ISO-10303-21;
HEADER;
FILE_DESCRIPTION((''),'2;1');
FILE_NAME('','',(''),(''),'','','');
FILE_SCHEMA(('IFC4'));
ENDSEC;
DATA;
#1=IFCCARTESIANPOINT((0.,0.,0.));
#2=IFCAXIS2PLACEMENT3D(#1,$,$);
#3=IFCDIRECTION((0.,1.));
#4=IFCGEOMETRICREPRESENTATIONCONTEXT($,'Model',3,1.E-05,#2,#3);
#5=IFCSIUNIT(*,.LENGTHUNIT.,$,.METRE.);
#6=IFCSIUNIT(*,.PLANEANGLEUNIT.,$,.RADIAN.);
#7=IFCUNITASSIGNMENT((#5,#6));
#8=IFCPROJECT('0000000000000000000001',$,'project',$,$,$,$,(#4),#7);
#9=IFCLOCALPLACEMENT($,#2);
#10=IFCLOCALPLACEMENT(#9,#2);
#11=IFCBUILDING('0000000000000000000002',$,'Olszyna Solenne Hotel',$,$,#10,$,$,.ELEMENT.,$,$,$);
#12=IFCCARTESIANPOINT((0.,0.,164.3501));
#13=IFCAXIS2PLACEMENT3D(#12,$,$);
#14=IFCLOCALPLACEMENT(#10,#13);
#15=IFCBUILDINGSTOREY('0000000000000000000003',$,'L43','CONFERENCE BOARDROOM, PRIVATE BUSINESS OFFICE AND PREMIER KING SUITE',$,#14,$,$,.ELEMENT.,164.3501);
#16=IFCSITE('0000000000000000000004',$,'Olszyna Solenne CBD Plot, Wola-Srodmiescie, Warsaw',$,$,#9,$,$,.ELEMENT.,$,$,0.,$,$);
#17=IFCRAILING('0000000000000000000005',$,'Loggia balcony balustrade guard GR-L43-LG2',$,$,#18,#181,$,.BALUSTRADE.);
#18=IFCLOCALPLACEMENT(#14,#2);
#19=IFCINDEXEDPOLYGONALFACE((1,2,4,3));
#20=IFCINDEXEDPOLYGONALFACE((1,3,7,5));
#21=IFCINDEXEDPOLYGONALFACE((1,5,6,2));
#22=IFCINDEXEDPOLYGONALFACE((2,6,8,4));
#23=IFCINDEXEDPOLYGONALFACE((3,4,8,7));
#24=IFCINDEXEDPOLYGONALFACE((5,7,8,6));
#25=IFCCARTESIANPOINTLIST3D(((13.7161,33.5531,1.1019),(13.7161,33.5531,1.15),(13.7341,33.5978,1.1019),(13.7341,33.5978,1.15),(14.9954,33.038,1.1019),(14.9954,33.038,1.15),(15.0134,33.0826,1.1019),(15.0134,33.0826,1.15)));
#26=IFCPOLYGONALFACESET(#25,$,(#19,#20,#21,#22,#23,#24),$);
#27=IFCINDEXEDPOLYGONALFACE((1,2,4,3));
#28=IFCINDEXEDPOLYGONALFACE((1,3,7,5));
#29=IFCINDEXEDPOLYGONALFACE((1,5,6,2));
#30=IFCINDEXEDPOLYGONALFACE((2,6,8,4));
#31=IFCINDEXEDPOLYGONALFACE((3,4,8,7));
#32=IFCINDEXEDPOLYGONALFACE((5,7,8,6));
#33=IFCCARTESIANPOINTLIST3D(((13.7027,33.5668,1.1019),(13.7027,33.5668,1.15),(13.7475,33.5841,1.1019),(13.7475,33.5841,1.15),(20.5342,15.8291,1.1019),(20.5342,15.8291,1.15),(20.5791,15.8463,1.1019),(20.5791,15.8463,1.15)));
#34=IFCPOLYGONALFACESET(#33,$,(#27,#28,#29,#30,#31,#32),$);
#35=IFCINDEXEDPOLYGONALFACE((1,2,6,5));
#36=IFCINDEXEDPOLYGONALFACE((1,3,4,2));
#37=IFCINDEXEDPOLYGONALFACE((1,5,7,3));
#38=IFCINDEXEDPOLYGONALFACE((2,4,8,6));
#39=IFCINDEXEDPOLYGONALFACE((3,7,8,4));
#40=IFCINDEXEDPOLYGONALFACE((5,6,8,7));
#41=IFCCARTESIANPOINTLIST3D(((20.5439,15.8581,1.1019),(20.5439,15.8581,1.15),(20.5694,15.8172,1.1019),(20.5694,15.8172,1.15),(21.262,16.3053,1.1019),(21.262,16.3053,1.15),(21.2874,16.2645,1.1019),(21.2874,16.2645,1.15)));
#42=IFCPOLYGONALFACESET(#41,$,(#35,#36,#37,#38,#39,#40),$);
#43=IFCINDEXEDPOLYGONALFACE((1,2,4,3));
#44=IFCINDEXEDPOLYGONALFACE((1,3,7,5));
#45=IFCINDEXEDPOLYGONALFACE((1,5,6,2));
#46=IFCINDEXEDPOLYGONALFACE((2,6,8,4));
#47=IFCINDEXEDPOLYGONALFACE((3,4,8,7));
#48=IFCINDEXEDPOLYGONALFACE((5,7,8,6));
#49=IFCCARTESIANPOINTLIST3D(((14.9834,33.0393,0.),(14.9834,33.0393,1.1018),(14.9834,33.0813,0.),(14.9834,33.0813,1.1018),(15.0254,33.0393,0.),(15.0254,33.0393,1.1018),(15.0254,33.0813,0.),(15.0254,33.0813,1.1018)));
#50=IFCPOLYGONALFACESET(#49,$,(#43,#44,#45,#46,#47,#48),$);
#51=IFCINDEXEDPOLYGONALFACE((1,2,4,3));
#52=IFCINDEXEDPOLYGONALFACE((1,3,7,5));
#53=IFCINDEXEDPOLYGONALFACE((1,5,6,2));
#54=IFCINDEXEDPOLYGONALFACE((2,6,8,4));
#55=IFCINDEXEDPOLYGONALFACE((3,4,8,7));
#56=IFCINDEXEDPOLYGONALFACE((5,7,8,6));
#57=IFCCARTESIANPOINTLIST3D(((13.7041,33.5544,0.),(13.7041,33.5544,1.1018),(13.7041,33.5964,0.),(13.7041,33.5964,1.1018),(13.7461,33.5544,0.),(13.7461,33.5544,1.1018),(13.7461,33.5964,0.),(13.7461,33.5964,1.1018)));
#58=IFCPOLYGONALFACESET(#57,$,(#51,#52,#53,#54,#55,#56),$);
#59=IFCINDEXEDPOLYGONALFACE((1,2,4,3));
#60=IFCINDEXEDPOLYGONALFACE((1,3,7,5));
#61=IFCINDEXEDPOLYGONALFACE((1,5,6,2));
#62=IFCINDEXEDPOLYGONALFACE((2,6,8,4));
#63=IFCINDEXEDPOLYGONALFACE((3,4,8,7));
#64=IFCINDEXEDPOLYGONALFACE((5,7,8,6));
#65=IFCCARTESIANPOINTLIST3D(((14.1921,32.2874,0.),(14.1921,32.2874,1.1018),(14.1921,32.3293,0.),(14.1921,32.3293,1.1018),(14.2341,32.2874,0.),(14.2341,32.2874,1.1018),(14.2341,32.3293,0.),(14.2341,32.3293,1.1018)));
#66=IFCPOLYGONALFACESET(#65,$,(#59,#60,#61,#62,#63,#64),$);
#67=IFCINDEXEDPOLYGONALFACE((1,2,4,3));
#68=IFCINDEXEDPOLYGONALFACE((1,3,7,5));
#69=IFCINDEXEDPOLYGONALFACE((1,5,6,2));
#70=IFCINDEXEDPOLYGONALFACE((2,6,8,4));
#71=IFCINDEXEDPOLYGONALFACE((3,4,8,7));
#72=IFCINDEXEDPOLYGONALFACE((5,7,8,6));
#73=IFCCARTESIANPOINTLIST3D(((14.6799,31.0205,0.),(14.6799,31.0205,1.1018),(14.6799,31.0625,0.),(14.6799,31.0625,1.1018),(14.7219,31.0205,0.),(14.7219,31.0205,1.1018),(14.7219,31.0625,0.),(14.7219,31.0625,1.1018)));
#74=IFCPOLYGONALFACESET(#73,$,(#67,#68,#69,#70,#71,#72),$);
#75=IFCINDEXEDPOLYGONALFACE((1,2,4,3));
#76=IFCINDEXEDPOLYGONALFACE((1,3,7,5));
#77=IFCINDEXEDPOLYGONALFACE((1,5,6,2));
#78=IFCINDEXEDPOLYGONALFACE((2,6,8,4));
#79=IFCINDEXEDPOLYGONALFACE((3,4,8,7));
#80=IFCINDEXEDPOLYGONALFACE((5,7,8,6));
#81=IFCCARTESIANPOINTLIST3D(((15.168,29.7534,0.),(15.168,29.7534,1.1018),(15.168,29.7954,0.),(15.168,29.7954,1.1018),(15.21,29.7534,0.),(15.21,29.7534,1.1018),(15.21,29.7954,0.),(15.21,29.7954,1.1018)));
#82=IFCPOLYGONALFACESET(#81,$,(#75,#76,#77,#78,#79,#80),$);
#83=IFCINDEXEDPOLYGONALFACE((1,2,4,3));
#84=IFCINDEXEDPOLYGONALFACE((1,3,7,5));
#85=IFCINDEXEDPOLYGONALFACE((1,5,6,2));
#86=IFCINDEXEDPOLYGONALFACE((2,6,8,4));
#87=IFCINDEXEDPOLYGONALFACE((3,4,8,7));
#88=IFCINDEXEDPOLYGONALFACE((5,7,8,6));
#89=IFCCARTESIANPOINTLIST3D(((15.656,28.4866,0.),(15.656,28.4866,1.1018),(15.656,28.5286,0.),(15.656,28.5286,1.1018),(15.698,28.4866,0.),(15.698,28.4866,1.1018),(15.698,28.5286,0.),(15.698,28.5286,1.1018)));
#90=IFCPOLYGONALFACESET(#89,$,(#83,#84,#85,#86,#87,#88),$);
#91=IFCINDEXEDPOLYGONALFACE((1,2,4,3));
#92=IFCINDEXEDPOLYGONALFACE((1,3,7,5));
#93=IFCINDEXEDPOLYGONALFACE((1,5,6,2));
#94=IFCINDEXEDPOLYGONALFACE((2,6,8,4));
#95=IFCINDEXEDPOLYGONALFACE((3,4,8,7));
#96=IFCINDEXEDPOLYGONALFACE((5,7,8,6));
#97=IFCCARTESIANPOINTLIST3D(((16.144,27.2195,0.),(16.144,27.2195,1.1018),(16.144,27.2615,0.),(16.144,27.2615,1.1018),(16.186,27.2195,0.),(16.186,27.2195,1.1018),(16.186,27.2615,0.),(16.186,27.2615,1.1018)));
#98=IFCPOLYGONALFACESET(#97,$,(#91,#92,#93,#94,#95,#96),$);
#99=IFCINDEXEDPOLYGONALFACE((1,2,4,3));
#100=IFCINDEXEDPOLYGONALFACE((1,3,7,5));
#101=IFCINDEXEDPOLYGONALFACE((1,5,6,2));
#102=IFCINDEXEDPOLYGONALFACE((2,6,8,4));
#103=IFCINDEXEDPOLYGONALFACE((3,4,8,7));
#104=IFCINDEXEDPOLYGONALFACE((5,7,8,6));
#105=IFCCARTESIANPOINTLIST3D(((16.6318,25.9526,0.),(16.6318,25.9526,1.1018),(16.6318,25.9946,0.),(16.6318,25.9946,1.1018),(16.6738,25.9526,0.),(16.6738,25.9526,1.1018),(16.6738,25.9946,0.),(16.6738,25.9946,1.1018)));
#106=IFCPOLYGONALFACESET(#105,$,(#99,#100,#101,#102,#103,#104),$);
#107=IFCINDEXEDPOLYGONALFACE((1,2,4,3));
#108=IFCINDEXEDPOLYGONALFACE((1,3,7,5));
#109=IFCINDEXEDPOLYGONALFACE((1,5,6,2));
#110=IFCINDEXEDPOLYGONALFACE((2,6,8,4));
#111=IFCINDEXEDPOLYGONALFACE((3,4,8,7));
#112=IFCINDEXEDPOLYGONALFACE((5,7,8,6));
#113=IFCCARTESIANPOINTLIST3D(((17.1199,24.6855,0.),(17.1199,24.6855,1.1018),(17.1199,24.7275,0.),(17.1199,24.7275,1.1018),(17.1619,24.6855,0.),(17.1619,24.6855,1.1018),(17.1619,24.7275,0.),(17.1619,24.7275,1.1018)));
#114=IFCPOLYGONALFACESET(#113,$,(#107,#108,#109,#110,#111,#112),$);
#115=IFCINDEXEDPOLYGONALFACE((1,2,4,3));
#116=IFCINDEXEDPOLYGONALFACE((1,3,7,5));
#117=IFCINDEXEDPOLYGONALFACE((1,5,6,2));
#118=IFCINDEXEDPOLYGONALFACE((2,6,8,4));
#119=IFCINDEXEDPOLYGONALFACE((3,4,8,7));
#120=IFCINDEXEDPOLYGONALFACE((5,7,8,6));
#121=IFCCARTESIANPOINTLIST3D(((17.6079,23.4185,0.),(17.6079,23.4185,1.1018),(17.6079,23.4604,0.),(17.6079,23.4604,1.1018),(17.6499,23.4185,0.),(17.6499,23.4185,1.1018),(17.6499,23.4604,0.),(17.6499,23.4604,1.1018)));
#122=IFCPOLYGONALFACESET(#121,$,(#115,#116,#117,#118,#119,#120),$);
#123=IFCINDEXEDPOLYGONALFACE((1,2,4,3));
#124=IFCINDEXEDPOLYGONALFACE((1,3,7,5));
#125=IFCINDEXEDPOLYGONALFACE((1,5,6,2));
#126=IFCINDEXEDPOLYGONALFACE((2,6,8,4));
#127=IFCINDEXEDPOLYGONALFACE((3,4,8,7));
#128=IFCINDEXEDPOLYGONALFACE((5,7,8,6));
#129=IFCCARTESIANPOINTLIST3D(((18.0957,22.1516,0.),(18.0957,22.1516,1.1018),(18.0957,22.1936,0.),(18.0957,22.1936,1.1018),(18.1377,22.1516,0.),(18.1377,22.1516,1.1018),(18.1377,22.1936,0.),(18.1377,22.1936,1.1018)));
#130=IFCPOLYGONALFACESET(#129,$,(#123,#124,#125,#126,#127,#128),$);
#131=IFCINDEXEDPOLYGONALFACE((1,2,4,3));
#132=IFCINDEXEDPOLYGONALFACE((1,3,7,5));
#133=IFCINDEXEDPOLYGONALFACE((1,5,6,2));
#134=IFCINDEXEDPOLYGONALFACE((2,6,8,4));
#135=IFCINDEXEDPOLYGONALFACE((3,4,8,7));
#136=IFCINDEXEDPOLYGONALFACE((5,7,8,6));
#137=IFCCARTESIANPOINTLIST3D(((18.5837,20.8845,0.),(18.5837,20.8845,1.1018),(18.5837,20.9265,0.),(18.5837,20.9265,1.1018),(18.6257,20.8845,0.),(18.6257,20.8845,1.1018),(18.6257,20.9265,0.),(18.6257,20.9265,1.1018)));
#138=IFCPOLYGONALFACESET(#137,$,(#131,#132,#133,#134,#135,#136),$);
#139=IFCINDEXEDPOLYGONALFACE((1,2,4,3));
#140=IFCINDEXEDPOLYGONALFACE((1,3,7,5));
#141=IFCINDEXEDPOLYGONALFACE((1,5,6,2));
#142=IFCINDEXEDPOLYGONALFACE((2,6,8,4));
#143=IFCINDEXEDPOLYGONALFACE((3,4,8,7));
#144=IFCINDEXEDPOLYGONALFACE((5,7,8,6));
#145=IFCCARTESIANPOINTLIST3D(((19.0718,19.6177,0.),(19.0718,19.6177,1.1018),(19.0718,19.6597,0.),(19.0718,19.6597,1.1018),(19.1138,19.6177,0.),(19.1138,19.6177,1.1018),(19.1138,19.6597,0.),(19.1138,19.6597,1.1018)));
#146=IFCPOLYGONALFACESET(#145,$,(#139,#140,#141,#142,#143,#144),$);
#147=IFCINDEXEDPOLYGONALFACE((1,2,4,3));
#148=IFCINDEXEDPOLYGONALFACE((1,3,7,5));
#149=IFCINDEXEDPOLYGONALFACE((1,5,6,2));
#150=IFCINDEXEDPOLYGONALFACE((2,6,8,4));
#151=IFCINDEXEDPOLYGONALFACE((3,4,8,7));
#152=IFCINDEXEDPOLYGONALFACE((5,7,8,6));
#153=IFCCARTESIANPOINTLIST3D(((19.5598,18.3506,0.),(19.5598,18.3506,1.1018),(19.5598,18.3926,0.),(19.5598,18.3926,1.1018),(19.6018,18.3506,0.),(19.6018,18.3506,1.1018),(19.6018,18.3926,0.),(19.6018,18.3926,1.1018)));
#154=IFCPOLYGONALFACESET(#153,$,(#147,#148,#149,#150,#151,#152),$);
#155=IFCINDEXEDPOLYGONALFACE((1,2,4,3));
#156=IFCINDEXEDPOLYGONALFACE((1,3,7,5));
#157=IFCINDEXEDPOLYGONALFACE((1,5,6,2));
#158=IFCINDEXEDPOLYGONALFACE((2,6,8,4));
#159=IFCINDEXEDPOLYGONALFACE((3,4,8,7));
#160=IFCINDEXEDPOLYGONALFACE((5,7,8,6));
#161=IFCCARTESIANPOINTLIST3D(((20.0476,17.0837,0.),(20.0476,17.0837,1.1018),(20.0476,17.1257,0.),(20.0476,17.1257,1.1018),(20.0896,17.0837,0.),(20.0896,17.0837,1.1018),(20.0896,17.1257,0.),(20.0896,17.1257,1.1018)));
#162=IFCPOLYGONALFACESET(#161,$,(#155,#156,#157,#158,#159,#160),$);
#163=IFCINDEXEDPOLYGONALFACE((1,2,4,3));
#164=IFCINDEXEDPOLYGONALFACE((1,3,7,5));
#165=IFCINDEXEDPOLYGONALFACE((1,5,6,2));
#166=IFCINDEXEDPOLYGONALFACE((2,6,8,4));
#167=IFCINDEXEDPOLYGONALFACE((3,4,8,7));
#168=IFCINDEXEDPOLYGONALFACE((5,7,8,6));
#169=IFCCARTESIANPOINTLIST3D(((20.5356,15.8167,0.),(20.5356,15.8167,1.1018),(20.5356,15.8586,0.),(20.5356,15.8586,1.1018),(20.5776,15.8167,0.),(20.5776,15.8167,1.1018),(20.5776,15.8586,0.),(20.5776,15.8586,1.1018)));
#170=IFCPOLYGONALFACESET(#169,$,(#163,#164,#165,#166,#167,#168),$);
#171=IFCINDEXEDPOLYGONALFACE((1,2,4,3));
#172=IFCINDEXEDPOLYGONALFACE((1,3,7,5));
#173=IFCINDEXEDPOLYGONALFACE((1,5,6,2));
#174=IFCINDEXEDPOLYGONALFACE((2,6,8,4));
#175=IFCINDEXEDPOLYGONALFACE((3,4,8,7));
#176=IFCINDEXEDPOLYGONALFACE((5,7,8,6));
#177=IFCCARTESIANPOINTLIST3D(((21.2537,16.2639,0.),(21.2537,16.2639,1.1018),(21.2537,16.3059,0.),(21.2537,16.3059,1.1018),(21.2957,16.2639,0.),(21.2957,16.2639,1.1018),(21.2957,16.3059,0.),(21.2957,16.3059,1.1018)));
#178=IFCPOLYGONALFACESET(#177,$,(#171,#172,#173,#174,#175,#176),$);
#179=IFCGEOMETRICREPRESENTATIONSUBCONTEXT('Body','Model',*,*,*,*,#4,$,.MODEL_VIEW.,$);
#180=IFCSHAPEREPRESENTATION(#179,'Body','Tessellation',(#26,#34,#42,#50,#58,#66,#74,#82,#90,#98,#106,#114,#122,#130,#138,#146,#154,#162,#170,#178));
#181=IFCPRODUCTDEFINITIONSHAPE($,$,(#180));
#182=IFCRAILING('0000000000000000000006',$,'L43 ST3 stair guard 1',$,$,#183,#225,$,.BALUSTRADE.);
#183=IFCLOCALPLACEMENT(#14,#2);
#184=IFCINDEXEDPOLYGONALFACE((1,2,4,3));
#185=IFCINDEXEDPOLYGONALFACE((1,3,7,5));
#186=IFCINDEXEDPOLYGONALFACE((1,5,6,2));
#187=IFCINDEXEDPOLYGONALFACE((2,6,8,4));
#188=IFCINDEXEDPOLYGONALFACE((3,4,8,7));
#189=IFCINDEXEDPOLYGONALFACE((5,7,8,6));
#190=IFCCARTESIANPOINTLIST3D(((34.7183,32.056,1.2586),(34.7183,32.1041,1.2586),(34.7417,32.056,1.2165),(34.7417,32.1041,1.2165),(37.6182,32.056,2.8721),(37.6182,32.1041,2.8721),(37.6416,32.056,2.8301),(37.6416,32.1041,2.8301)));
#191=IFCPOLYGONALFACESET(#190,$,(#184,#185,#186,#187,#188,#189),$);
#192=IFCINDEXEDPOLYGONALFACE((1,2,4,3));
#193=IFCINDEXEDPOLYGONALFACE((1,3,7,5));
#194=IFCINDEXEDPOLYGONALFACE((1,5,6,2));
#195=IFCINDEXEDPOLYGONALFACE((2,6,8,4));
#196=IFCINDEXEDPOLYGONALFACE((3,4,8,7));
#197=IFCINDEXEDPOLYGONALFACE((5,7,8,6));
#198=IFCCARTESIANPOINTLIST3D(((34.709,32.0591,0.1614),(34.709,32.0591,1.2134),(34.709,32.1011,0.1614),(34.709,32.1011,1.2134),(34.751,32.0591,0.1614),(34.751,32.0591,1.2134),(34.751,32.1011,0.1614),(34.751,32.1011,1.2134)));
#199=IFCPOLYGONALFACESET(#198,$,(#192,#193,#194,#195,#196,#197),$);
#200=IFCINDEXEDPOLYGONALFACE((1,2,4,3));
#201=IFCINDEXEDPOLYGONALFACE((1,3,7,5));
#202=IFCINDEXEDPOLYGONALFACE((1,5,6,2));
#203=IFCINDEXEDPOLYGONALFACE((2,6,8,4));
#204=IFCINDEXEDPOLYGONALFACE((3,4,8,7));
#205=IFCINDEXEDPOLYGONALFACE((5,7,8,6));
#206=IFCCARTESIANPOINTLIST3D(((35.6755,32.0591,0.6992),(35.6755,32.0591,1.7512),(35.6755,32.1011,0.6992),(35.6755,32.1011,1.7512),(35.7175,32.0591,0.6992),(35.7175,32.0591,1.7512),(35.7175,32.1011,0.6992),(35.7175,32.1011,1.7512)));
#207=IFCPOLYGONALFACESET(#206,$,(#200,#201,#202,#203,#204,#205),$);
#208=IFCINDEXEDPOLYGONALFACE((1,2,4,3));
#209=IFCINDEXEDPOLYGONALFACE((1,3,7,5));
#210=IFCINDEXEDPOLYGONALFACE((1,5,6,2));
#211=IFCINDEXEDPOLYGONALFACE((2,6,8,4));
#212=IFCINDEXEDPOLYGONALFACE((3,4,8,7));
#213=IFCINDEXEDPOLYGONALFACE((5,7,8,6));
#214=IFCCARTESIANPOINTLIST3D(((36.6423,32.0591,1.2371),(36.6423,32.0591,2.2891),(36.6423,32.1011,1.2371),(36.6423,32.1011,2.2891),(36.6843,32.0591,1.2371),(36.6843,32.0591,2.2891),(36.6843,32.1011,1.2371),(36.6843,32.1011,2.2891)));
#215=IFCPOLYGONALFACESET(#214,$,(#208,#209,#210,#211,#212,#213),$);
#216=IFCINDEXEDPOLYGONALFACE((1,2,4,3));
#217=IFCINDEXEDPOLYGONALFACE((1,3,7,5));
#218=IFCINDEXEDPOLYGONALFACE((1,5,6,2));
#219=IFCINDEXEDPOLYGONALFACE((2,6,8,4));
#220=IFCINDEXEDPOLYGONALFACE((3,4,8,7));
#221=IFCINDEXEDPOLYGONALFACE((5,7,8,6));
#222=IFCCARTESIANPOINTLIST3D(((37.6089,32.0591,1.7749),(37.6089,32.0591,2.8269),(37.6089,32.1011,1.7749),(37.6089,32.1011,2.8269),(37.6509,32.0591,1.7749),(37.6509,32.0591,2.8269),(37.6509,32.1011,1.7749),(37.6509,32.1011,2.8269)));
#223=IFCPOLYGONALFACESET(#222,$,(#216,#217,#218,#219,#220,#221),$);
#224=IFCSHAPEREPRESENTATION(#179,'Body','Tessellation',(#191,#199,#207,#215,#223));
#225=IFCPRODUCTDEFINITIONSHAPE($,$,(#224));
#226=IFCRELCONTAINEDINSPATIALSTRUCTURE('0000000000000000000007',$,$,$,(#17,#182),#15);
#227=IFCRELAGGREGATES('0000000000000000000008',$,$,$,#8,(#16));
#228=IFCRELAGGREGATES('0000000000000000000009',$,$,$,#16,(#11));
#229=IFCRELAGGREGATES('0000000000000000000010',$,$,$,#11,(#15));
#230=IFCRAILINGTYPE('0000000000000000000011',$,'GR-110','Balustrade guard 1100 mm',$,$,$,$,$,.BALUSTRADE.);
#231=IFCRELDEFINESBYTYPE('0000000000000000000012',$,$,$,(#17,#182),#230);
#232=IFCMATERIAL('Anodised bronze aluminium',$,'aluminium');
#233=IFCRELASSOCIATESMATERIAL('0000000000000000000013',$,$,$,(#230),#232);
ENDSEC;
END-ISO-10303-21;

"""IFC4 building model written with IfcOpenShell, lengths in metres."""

from ifc_helpers import new_model, si_unit, direction, frame, origin, origin_2d, place, context, subcontext, project, spatial, rectangle, extrude, material, type_object, element, save


model = new_model("IFC4")

# Units and contexts
model_context = context("Model", 3, precision=1e-05, world=origin(), true_north=direction((0.0, 1.0)))
body_context = subcontext(model_context, "Body", "Model", "MODEL_VIEW")
ifc_project = project(units=[si_unit("LENGTHUNIT", "METRE"), si_unit("PLANEANGLEUNIT", "RADIAN")], contexts=[model_context])

# Site, building, storey
site_placement = place(None, origin())
site = spatial("IfcSite", under=ifc_project, at=site_placement, Name="Olszyna Solenne CBD Plot, Wola-Srodmiescie, Warsaw", CompositionType="ELEMENT", RefElevation=0.0)
building_placement = place(site_placement, origin())
building = spatial("IfcBuilding", under=site, at=building_placement, Name="Olszyna Solenne Hotel", CompositionType="ELEMENT")
storey_placement = place(building_placement, frame((0.0, 0.0, 164.3501)))
storey = spatial("IfcBuildingStorey", under=building, at=storey_placement, Name="L43", Description="CONFERENCE BOARDROOM, PRIVATE BUSINESS OFFICE AND PREMIER KING SUITE", CompositionType="ELEMENT", Elevation=164.3501)

# Railings
ifc_material_1 = material(Name="Anodised bronze aluminium", Category="aluminium")
railing_type_1 = type_object("IfcRailingType", Name="GR-110", Description="Balustrade guard 1100 mm", PredefinedType="BALUSTRADE", material=ifc_material_1)
railing_1_placement = place(storey_placement, frame((15.0044, 33.0603, 0.0)))
element("IfcRailing", 1, at=railing_1_placement, inside=storey, type_object=railing_type_1, Name="Loggia balcony balustrade guard GR-L43-LG2", PredefinedType="BALUSTRADE", context=body_context, shape_type="SweptSolid", body=[
    extrude(rectangle(XDim=0.0481, YDim=0.0481, at=origin_2d()), frame((0.0, 0.0, 1.126), z_axis=(-0.92762, 0.373526, 0.0), x_axis=(-0.373526, -0.92762, 0.0)), (0.0, 0.0, 1.0), 1.3792),
    extrude(rectangle(XDim=0.0481, YDim=0.0481, at=origin_2d()), frame((-1.2793, 0.5151, 1.126), z_axis=(0.359406, -0.933181, 0.0), x_axis=(0.933181, 0.359406, 0.0)), (0.0, 0.0, 1.0), 19.0078),
    extrude(rectangle(XDim=0.0481, YDim=0.0481, at=origin_2d()), frame((5.5522, -17.2227, 1.126), z_axis=(0.848792, 0.528727, 0.0), x_axis=(-0.528727, 0.848792, 0.0)), (0.0, 0.0, 1.0), 0.8459),
    extrude(rectangle(XDim=0.042, YDim=0.042, at=origin_2d()), origin(), (0.0, 0.0, 1.0), 1.1018),
    extrude(rectangle(XDim=0.042, YDim=0.042, at=origin_2d()), frame((-1.2793, 0.5151, 0.0)), (0.0, 0.0, 1.0), 1.1018),
    extrude(rectangle(XDim=0.042, YDim=0.042, at=origin_2d()), frame((-0.7913, -0.752, 0.0)), (0.0, 0.0, 1.0), 1.1018),
    extrude(rectangle(XDim=0.042, YDim=0.042, at=origin_2d()), frame((-0.3035, -2.0188, 0.0)), (0.0, 0.0, 1.0), 1.1018),
    extrude(rectangle(XDim=0.042, YDim=0.042, at=origin_2d()), frame((0.1846, -3.2859, 0.0)), (0.0, 0.0, 1.0), 1.1018),
    extrude(rectangle(XDim=0.042, YDim=0.042, at=origin_2d()), frame((0.6726, -4.5527, 0.0)), (0.0, 0.0, 1.0), 1.1018),
    extrude(rectangle(XDim=0.042, YDim=0.042, at=origin_2d()), frame((1.1606, -5.8198, 0.0)), (0.0, 0.0, 1.0), 1.1018),
    extrude(rectangle(XDim=0.042, YDim=0.042, at=origin_2d()), frame((1.6484, -7.0867, 0.0)), (0.0, 0.0, 1.0), 1.1018),
    extrude(rectangle(XDim=0.042, YDim=0.042, at=origin_2d()), frame((2.1365, -8.3538, 0.0)), (0.0, 0.0, 1.0), 1.1018),
    extrude(rectangle(XDim=0.042, YDim=0.042, at=origin_2d()), frame((2.6245, -9.6208, 0.0)), (0.0, 0.0, 1.0), 1.1018),
    extrude(rectangle(XDim=0.042, YDim=0.042, at=origin_2d()), frame((3.1123, -10.8877, 0.0)), (0.0, 0.0, 1.0), 1.1018),
    extrude(rectangle(XDim=0.042, YDim=0.042, at=origin_2d()), frame((3.6003, -12.1548, 0.0)), (0.0, 0.0, 1.0), 1.1018),
    extrude(rectangle(XDim=0.042, YDim=0.042, at=origin_2d()), frame((4.0884, -13.4216, 0.0)), (0.0, 0.0, 1.0), 1.1018),
    extrude(rectangle(XDim=0.042, YDim=0.042, at=origin_2d()), frame((4.5764, -14.6887, 0.0)), (0.0, 0.0, 1.0), 1.1018),
    extrude(rectangle(XDim=0.042, YDim=0.042, at=origin_2d()), frame((5.0642, -15.9556, 0.0)), (0.0, 0.0, 1.0), 1.1018),
    extrude(rectangle(XDim=0.042, YDim=0.042, at=origin_2d()), frame((5.5522, -17.2227, 0.0)), (0.0, 0.0, 1.0), 1.1018),
    extrude(rectangle(XDim=0.042, YDim=0.042, at=origin_2d()), frame((6.2703, -16.7754, 0.0)), (0.0, 0.0, 1.0), 1.1018),
])
railing_2_placement = place(storey_placement, frame((34.73, 32.0801, 0.1614)))
element("IfcRailing", 2, at=railing_2_placement, inside=storey, type_object=railing_type_1, Name="L43 ST3 stair guard 1", PredefinedType="BALUSTRADE", context=body_context, shape_type="SweptSolid", body=[
    extrude(rectangle(XDim=0.0481, YDim=0.0481, at=origin_2d()), frame((0.0, 0.0, 1.0762), z_axis=(0.873841, 0.0, 0.486211), x_axis=(0.0, 1.0, 0.0)), (0.0, 0.0, 1.0), 3.3186),
    extrude(rectangle(XDim=0.042, YDim=0.042, at=origin_2d()), origin(), (0.0, 0.0, 1.0), 1.052),
    extrude(rectangle(XDim=0.042, YDim=0.042, at=origin_2d()), frame((0.9666, 0.0, 0.5378)), (0.0, 0.0, 1.0), 1.052),
    extrude(rectangle(XDim=0.042, YDim=0.042, at=origin_2d()), frame((1.9333, 0.0, 1.0757)), (0.0, 0.0, 1.0), 1.052),
    extrude(rectangle(XDim=0.042, YDim=0.042, at=origin_2d()), frame((2.8999, 0.0, 1.6135)), (0.0, 0.0, 1.0), 1.052),
])

save(model, "model.ifc")
